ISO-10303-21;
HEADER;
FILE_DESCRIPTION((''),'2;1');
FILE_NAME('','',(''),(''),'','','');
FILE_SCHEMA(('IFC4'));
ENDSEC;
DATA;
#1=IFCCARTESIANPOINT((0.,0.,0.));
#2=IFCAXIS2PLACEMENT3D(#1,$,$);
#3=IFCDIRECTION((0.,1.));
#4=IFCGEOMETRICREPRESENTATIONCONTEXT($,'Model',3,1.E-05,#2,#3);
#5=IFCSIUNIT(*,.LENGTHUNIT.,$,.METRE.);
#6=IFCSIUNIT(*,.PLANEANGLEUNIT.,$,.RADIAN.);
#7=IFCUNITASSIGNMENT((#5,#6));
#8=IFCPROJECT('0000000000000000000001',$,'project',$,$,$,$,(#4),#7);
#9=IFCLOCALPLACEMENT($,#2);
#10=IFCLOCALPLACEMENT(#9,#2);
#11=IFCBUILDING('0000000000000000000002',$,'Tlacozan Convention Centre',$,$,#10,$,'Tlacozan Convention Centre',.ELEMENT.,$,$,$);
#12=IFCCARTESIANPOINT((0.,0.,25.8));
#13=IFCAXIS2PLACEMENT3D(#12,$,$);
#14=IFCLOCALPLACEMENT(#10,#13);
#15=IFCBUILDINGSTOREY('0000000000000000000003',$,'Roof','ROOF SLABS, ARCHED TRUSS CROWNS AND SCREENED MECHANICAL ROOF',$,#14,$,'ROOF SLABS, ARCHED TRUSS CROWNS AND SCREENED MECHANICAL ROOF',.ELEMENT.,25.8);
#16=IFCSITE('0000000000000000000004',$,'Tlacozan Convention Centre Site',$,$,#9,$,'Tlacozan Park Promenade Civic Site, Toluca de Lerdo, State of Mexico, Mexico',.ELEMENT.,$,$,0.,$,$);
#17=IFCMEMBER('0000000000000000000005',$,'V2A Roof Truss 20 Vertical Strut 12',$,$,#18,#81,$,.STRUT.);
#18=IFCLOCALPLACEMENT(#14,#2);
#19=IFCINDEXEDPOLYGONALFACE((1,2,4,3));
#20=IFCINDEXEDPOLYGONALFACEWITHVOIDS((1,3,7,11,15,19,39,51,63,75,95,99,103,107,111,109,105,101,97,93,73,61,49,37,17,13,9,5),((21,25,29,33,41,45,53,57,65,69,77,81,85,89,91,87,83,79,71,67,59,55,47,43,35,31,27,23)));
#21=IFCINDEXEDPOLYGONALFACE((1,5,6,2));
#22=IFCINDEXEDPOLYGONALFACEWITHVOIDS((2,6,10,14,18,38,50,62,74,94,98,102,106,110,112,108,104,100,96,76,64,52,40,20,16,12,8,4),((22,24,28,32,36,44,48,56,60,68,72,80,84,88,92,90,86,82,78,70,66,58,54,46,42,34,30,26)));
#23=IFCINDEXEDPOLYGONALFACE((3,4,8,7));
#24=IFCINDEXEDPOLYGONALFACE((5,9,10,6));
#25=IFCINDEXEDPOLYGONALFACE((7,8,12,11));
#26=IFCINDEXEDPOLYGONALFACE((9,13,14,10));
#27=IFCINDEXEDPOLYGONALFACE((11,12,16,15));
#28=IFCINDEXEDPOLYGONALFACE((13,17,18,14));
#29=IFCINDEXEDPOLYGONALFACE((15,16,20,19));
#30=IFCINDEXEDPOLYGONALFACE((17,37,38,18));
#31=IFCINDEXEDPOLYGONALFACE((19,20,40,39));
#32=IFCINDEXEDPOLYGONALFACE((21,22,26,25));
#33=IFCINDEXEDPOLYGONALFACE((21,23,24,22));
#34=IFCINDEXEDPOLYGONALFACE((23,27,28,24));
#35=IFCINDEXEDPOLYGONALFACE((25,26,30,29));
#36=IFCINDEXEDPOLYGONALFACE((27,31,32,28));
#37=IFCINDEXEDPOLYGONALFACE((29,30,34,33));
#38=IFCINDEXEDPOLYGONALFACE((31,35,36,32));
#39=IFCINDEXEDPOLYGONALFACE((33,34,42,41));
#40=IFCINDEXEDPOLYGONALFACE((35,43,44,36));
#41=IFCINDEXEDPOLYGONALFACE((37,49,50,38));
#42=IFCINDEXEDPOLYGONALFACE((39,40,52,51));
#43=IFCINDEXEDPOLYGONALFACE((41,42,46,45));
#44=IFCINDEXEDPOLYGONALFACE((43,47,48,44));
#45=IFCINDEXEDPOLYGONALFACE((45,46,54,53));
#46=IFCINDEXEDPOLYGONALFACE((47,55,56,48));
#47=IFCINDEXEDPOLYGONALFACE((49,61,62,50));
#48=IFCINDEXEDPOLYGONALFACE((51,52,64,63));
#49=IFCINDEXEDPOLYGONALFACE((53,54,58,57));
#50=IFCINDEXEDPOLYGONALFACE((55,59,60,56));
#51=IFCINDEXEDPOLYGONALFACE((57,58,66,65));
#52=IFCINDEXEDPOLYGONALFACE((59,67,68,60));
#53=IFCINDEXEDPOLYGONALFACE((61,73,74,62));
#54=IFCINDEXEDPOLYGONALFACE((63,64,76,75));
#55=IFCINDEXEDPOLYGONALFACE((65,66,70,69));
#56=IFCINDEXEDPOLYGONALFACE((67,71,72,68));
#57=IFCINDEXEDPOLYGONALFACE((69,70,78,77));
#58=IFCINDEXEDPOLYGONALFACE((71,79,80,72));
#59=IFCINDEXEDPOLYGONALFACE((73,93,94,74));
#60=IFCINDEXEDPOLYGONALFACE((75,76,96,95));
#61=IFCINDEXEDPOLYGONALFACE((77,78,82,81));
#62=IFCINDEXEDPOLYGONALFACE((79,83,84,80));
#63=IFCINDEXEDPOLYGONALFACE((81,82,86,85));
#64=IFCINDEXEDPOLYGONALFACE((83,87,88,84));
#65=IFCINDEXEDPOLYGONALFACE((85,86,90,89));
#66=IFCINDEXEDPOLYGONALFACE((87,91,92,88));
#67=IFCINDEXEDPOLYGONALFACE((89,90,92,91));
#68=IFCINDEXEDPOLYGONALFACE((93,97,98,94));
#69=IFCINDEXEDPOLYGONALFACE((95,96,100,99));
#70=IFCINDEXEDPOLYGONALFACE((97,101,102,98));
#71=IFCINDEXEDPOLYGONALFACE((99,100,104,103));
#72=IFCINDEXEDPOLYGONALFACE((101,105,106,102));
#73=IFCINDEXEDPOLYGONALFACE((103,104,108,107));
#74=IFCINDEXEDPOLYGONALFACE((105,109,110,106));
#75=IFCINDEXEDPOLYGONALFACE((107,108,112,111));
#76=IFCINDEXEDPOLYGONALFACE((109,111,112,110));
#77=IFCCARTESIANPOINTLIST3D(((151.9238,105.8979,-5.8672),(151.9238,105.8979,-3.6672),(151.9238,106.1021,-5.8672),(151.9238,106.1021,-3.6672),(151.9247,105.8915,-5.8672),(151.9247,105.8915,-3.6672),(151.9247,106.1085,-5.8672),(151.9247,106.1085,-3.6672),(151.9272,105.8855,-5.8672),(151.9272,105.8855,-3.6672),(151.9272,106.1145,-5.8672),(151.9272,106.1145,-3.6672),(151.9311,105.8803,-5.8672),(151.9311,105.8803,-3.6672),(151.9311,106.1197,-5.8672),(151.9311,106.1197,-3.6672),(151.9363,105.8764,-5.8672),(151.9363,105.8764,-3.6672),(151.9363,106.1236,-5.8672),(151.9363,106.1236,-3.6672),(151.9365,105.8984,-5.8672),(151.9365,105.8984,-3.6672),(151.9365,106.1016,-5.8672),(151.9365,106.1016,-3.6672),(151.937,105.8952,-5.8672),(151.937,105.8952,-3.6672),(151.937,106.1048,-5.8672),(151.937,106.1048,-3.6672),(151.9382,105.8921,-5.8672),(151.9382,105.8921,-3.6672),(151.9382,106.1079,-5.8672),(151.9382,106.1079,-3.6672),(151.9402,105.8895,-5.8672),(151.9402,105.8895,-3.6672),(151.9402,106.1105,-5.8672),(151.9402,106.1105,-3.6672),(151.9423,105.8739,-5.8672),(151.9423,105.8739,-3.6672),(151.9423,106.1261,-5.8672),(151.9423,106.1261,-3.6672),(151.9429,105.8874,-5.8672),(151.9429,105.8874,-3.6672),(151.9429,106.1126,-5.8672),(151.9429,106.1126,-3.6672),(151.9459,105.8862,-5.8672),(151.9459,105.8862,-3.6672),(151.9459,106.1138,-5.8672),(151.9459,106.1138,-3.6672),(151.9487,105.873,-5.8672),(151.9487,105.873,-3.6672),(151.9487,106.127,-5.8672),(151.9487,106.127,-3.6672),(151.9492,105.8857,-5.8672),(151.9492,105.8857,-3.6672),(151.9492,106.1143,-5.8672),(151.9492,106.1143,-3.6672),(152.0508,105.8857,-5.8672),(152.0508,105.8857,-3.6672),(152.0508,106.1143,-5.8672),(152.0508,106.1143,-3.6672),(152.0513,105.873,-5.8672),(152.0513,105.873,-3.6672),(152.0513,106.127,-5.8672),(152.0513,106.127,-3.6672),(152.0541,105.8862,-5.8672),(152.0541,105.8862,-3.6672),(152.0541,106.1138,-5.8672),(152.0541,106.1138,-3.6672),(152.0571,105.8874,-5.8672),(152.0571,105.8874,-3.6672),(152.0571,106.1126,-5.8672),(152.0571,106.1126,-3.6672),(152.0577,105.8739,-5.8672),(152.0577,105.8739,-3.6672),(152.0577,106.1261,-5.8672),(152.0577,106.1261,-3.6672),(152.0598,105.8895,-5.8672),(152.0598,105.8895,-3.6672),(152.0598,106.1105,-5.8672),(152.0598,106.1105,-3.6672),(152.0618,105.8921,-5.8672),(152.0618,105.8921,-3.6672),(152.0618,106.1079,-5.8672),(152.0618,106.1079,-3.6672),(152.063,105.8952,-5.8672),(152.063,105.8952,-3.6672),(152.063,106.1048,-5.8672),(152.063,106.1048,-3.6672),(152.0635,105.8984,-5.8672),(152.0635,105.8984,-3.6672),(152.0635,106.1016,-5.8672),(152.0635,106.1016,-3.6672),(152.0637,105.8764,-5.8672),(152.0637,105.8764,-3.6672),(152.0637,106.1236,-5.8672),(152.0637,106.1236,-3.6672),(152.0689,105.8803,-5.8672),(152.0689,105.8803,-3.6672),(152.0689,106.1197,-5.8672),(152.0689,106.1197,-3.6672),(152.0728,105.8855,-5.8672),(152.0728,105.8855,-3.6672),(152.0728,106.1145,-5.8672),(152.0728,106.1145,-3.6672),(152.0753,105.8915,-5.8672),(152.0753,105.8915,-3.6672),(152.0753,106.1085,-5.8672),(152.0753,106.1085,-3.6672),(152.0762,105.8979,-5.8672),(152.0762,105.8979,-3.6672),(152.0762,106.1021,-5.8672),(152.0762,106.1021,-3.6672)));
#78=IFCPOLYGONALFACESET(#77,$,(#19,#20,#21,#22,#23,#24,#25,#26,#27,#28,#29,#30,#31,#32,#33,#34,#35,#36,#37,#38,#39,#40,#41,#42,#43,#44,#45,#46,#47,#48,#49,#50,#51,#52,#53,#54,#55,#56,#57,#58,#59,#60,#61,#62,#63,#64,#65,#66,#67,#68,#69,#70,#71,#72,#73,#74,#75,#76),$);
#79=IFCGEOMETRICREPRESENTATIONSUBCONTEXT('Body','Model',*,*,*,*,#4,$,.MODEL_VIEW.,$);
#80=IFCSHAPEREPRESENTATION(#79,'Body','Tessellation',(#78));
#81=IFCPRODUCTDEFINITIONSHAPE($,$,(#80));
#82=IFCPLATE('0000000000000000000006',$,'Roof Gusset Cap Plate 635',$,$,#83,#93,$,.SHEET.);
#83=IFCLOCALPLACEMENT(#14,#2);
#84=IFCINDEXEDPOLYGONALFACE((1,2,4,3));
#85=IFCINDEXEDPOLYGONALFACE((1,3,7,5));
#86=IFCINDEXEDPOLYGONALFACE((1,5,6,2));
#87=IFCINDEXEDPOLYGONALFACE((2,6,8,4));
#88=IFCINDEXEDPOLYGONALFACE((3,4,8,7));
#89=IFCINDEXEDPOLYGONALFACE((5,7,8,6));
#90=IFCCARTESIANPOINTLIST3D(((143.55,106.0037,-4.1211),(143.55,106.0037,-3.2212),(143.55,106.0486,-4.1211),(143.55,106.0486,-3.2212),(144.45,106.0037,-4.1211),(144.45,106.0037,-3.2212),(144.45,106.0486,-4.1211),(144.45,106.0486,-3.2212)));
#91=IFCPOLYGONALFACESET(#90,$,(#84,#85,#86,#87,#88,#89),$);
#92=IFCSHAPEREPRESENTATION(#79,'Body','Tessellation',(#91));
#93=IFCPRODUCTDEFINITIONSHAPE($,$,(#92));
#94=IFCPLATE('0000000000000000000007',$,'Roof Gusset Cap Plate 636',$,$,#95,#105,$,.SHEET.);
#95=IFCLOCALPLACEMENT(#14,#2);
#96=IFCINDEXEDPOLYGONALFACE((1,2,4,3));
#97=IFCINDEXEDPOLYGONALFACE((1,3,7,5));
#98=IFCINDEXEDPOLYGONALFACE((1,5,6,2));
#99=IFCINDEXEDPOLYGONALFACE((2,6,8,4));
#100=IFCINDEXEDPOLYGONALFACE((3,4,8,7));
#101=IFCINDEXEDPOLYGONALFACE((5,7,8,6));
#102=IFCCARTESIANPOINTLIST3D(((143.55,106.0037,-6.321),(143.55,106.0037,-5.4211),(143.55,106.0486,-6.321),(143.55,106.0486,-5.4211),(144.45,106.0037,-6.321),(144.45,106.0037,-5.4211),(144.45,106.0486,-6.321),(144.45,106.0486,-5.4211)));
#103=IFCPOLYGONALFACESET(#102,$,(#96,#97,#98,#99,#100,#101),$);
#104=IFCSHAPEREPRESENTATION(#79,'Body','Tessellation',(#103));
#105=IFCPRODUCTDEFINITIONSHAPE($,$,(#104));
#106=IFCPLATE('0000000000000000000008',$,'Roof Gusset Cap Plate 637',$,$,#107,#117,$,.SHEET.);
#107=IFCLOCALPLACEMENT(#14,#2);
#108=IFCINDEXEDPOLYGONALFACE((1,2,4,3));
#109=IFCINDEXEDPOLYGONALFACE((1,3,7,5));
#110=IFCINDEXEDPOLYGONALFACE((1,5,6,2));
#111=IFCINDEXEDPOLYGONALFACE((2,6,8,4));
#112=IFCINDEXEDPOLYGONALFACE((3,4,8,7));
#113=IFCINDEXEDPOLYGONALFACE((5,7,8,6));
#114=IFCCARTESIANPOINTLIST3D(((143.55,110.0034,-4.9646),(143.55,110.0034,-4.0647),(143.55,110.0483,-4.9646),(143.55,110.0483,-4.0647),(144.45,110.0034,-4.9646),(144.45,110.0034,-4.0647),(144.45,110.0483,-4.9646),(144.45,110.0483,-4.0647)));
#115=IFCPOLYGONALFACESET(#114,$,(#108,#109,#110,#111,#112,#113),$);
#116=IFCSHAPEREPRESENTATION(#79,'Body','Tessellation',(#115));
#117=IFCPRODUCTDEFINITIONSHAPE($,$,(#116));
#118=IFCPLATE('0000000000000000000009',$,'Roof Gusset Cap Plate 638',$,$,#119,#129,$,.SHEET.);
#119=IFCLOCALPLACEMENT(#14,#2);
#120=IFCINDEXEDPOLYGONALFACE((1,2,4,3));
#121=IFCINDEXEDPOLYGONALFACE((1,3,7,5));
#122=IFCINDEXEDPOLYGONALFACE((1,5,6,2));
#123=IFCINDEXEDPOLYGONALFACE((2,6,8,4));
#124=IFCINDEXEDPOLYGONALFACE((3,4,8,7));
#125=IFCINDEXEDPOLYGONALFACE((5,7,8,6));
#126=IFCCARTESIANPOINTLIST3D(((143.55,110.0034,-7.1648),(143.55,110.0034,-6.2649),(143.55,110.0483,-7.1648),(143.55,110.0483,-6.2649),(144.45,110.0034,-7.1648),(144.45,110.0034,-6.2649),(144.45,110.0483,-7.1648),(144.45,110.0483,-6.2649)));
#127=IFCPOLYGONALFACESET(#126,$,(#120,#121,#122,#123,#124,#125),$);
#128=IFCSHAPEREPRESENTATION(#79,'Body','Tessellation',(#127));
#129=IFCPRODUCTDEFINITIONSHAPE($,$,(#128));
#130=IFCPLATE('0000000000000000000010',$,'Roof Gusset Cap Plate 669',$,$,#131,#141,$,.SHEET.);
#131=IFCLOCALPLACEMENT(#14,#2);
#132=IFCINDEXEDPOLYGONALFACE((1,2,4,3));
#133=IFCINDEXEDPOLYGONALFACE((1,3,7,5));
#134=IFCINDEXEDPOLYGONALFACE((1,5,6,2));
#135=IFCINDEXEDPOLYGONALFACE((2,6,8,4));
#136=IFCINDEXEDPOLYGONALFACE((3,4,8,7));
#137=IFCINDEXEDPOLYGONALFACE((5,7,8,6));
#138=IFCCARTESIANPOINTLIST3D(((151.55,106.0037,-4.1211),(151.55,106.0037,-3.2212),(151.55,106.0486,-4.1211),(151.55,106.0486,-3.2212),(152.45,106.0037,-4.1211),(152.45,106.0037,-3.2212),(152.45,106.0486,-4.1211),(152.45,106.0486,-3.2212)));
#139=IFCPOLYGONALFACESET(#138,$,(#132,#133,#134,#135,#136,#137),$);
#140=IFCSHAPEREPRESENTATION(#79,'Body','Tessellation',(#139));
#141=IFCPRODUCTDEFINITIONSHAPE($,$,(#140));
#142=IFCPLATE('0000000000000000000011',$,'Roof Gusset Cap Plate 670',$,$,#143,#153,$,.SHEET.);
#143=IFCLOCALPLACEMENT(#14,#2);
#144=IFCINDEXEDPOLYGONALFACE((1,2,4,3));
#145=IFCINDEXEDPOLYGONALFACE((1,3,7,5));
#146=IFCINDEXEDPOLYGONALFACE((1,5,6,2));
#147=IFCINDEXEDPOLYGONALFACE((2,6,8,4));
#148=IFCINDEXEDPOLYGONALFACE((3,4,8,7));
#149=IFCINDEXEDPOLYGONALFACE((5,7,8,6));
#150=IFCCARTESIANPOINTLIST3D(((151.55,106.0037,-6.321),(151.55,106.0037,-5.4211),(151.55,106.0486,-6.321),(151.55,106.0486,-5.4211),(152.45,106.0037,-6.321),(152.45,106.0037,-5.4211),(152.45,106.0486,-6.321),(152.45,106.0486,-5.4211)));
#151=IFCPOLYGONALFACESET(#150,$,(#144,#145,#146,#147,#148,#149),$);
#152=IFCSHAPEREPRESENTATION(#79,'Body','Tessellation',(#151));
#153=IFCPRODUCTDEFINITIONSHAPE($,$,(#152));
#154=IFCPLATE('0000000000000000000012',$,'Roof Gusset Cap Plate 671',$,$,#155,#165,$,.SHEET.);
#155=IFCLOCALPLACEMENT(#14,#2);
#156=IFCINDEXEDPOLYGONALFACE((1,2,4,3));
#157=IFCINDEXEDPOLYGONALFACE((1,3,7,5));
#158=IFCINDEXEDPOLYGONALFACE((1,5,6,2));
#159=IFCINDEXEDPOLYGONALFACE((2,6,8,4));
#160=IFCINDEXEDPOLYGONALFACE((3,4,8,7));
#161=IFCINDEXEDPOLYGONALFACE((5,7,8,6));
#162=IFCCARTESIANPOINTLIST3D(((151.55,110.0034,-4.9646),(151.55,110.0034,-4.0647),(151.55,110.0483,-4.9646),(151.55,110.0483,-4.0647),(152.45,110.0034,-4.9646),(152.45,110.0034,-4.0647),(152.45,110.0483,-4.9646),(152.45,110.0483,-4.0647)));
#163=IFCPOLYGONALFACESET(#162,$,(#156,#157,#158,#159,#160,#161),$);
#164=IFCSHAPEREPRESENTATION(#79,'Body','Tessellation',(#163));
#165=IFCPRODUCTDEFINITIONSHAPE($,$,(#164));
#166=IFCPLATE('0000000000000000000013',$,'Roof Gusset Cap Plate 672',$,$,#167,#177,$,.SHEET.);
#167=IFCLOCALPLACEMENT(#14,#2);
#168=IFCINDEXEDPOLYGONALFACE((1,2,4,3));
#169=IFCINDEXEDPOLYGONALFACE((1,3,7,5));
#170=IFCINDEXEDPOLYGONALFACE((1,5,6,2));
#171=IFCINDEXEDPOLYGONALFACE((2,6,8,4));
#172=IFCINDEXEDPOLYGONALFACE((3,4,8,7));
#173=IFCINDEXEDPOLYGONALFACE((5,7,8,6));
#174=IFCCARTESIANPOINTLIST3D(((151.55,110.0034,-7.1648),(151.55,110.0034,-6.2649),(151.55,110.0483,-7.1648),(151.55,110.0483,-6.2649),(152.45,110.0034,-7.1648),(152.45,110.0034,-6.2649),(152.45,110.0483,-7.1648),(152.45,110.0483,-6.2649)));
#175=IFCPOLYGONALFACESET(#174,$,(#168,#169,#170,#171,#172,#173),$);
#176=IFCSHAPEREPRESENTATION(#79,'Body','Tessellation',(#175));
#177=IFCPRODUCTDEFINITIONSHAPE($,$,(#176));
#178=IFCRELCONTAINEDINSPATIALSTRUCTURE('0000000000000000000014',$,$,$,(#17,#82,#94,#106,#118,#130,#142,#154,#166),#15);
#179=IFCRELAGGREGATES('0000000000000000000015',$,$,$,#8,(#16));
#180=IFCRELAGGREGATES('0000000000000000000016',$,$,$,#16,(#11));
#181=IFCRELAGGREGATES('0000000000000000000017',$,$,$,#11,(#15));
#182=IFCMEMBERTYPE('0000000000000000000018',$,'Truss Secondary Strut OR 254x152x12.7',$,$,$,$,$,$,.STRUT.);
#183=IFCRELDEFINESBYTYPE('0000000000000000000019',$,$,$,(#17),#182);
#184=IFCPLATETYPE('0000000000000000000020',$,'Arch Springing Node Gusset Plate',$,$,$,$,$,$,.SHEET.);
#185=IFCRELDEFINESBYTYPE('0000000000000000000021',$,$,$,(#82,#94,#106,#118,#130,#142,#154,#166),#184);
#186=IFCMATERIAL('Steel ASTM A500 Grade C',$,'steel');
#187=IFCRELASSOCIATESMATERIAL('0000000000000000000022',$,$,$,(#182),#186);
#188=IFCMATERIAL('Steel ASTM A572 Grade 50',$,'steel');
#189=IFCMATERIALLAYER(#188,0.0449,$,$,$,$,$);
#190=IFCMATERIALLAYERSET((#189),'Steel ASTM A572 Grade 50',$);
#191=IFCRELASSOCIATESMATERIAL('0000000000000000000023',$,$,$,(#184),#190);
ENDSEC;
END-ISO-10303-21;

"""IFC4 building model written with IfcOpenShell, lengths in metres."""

from ifc_helpers import new_model, si_unit, direction, frame, origin, origin_2d, place, context, subcontext, project, spatial, rectangle, hollow_rectangle, extrude, material, layer, layer_set, material_profile, profile_set, type_object, element, save


model = new_model("IFC4")

# Units and contexts
model_context = context("Model", 3, precision=1e-05, world=origin(), true_north=direction((0.0, 1.0)))
body_context = subcontext(model_context, "Body", "Model", "MODEL_VIEW")
ifc_project = project(units=[si_unit("LENGTHUNIT", "METRE"), si_unit("PLANEANGLEUNIT", "RADIAN")], contexts=[model_context])

# Site, building, storey
site_placement = place(None, origin())
site = spatial("IfcSite", under=ifc_project, at=site_placement, Name="Tlacozan Convention Centre Site", LongName="Tlacozan Park Promenade Civic Site, Toluca de Lerdo, State of Mexico, Mexico", CompositionType="ELEMENT", RefElevation=0.0)
building_placement = place(site_placement, origin())
building = spatial("IfcBuilding", under=site, at=building_placement, Name="Tlacozan Convention Centre", LongName="Tlacozan Convention Centre", CompositionType="ELEMENT")
storey_placement = place(building_placement, frame((0.0, 0.0, 25.8)))
storey = spatial("IfcBuildingStorey", under=building, at=storey_placement, Name="Roof", Description="ROOF SLABS, ARCHED TRUSS CROWNS AND SCREENED MECHANICAL ROOF", LongName="ROOF SLABS, ARCHED TRUSS CROWNS AND SCREENED MECHANICAL ROOF", CompositionType="ELEMENT", Elevation=25.8)

# Member
ifc_material_1 = material(Name="Steel ASTM A500 Grade C", Category="steel")
ifc_material_profile_1 = material_profile(ifc_material_1, hollow_rectangle(XDim=0.1523, YDim=0.2539, WallThickness=0.0127, InnerFilletRadius=0.0127, OuterFilletRadius=0.0249, at=origin_2d()), Name="OR 254x152x12.7")
ifc_profile_set_1 = profile_set([ifc_material_profile_1], Name="Steel ASTM A500 Grade C")
member_type_1 = type_object("IfcMemberType", Name="Truss Secondary Strut OR 254x152x12.7", PredefinedType="STRUT", material=ifc_profile_set_1)
member_1_placement = place(storey_placement, frame((152.0, 106.0, -5.8672), z_axis=(0.0, 0.0, 1.0), x_axis=(1.0, 0.0, 0.0)))
element("IfcMember", 1, at=member_1_placement, inside=storey, type_object=member_type_1, Name="V2A Roof Truss 20 Vertical Strut 12", PredefinedType="STRUT", context=body_context, shape_type="SweptSolid", body=[
    extrude(hollow_rectangle(XDim=0.1523, YDim=0.2539, WallThickness=0.0127, InnerFilletRadius=0.0127, OuterFilletRadius=0.0249, at=origin_2d()), origin(), (0.0, 0.0, 1.0), 2.2),
])

# Plates
ifc_material_2 = material(Name="Steel ASTM A572 Grade 50", Category="steel")
ifc_layer = layer(ifc_material_2, 0.0449)
ifc_layer_set = layer_set([ifc_layer], Name="Steel ASTM A572 Grade 50")
plate_type = type_object("IfcPlateType", Name="Arch Springing Node Gusset Plate", PredefinedType="SHEET", material=ifc_layer_set)
for number, where, z_axis, x_axis, name in (
    (2, (144.0, 106.0261, -4.1211), (0.0, 0.0, 1.0), (0.0, 1.0, 0.0), "Roof Gusset Cap Plate 635"),
    (3, (144.0, 106.0261, -6.321), (0.0, 0.0, 1.0), (0.0, 1.0, 0.0), "Roof Gusset Cap Plate 636"),
    (4, (144.0, 110.0259, -4.9646), (0.0, 0.0, 1.0), (0.0, 1.0, 0.0), "Roof Gusset Cap Plate 637"),
    (5, (144.0, 110.0259, -7.1648), (0.0, 0.0, 1.0), (0.0, 1.0, 0.0), "Roof Gusset Cap Plate 638"),
    (6, (152.0, 106.0261, -4.1211), (0.0, 0.0, 1.0), (0.0, 1.0, 0.0), "Roof Gusset Cap Plate 669"),
    (7, (152.0, 106.0261, -6.321), (0.0, 0.0, 1.0), (0.0, 1.0, 0.0), "Roof Gusset Cap Plate 670"),
    (8, (152.0, 110.0259, -4.9646), (0.0, 0.0, 1.0), (0.0, 1.0, 0.0), "Roof Gusset Cap Plate 671"),
    (9, (152.0, 110.0259, -7.1648), (0.0, 0.0, 1.0), (0.0, 1.0, 0.0), "Roof Gusset Cap Plate 672"),
):
    element("IfcPlate", number, at=place(storey_placement, frame(where, z_axis=z_axis, x_axis=x_axis)), inside=storey, type_object=plate_type, Name=name, PredefinedType="SHEET", context=body_context, shape_type="SweptSolid", body=[
        extrude(rectangle(XDim=0.0449, YDim=0.8999, at=origin_2d()), origin(), (0.0, 0.0, 1.0), 0.8999),
    ])

save(model, "model.ifc")
